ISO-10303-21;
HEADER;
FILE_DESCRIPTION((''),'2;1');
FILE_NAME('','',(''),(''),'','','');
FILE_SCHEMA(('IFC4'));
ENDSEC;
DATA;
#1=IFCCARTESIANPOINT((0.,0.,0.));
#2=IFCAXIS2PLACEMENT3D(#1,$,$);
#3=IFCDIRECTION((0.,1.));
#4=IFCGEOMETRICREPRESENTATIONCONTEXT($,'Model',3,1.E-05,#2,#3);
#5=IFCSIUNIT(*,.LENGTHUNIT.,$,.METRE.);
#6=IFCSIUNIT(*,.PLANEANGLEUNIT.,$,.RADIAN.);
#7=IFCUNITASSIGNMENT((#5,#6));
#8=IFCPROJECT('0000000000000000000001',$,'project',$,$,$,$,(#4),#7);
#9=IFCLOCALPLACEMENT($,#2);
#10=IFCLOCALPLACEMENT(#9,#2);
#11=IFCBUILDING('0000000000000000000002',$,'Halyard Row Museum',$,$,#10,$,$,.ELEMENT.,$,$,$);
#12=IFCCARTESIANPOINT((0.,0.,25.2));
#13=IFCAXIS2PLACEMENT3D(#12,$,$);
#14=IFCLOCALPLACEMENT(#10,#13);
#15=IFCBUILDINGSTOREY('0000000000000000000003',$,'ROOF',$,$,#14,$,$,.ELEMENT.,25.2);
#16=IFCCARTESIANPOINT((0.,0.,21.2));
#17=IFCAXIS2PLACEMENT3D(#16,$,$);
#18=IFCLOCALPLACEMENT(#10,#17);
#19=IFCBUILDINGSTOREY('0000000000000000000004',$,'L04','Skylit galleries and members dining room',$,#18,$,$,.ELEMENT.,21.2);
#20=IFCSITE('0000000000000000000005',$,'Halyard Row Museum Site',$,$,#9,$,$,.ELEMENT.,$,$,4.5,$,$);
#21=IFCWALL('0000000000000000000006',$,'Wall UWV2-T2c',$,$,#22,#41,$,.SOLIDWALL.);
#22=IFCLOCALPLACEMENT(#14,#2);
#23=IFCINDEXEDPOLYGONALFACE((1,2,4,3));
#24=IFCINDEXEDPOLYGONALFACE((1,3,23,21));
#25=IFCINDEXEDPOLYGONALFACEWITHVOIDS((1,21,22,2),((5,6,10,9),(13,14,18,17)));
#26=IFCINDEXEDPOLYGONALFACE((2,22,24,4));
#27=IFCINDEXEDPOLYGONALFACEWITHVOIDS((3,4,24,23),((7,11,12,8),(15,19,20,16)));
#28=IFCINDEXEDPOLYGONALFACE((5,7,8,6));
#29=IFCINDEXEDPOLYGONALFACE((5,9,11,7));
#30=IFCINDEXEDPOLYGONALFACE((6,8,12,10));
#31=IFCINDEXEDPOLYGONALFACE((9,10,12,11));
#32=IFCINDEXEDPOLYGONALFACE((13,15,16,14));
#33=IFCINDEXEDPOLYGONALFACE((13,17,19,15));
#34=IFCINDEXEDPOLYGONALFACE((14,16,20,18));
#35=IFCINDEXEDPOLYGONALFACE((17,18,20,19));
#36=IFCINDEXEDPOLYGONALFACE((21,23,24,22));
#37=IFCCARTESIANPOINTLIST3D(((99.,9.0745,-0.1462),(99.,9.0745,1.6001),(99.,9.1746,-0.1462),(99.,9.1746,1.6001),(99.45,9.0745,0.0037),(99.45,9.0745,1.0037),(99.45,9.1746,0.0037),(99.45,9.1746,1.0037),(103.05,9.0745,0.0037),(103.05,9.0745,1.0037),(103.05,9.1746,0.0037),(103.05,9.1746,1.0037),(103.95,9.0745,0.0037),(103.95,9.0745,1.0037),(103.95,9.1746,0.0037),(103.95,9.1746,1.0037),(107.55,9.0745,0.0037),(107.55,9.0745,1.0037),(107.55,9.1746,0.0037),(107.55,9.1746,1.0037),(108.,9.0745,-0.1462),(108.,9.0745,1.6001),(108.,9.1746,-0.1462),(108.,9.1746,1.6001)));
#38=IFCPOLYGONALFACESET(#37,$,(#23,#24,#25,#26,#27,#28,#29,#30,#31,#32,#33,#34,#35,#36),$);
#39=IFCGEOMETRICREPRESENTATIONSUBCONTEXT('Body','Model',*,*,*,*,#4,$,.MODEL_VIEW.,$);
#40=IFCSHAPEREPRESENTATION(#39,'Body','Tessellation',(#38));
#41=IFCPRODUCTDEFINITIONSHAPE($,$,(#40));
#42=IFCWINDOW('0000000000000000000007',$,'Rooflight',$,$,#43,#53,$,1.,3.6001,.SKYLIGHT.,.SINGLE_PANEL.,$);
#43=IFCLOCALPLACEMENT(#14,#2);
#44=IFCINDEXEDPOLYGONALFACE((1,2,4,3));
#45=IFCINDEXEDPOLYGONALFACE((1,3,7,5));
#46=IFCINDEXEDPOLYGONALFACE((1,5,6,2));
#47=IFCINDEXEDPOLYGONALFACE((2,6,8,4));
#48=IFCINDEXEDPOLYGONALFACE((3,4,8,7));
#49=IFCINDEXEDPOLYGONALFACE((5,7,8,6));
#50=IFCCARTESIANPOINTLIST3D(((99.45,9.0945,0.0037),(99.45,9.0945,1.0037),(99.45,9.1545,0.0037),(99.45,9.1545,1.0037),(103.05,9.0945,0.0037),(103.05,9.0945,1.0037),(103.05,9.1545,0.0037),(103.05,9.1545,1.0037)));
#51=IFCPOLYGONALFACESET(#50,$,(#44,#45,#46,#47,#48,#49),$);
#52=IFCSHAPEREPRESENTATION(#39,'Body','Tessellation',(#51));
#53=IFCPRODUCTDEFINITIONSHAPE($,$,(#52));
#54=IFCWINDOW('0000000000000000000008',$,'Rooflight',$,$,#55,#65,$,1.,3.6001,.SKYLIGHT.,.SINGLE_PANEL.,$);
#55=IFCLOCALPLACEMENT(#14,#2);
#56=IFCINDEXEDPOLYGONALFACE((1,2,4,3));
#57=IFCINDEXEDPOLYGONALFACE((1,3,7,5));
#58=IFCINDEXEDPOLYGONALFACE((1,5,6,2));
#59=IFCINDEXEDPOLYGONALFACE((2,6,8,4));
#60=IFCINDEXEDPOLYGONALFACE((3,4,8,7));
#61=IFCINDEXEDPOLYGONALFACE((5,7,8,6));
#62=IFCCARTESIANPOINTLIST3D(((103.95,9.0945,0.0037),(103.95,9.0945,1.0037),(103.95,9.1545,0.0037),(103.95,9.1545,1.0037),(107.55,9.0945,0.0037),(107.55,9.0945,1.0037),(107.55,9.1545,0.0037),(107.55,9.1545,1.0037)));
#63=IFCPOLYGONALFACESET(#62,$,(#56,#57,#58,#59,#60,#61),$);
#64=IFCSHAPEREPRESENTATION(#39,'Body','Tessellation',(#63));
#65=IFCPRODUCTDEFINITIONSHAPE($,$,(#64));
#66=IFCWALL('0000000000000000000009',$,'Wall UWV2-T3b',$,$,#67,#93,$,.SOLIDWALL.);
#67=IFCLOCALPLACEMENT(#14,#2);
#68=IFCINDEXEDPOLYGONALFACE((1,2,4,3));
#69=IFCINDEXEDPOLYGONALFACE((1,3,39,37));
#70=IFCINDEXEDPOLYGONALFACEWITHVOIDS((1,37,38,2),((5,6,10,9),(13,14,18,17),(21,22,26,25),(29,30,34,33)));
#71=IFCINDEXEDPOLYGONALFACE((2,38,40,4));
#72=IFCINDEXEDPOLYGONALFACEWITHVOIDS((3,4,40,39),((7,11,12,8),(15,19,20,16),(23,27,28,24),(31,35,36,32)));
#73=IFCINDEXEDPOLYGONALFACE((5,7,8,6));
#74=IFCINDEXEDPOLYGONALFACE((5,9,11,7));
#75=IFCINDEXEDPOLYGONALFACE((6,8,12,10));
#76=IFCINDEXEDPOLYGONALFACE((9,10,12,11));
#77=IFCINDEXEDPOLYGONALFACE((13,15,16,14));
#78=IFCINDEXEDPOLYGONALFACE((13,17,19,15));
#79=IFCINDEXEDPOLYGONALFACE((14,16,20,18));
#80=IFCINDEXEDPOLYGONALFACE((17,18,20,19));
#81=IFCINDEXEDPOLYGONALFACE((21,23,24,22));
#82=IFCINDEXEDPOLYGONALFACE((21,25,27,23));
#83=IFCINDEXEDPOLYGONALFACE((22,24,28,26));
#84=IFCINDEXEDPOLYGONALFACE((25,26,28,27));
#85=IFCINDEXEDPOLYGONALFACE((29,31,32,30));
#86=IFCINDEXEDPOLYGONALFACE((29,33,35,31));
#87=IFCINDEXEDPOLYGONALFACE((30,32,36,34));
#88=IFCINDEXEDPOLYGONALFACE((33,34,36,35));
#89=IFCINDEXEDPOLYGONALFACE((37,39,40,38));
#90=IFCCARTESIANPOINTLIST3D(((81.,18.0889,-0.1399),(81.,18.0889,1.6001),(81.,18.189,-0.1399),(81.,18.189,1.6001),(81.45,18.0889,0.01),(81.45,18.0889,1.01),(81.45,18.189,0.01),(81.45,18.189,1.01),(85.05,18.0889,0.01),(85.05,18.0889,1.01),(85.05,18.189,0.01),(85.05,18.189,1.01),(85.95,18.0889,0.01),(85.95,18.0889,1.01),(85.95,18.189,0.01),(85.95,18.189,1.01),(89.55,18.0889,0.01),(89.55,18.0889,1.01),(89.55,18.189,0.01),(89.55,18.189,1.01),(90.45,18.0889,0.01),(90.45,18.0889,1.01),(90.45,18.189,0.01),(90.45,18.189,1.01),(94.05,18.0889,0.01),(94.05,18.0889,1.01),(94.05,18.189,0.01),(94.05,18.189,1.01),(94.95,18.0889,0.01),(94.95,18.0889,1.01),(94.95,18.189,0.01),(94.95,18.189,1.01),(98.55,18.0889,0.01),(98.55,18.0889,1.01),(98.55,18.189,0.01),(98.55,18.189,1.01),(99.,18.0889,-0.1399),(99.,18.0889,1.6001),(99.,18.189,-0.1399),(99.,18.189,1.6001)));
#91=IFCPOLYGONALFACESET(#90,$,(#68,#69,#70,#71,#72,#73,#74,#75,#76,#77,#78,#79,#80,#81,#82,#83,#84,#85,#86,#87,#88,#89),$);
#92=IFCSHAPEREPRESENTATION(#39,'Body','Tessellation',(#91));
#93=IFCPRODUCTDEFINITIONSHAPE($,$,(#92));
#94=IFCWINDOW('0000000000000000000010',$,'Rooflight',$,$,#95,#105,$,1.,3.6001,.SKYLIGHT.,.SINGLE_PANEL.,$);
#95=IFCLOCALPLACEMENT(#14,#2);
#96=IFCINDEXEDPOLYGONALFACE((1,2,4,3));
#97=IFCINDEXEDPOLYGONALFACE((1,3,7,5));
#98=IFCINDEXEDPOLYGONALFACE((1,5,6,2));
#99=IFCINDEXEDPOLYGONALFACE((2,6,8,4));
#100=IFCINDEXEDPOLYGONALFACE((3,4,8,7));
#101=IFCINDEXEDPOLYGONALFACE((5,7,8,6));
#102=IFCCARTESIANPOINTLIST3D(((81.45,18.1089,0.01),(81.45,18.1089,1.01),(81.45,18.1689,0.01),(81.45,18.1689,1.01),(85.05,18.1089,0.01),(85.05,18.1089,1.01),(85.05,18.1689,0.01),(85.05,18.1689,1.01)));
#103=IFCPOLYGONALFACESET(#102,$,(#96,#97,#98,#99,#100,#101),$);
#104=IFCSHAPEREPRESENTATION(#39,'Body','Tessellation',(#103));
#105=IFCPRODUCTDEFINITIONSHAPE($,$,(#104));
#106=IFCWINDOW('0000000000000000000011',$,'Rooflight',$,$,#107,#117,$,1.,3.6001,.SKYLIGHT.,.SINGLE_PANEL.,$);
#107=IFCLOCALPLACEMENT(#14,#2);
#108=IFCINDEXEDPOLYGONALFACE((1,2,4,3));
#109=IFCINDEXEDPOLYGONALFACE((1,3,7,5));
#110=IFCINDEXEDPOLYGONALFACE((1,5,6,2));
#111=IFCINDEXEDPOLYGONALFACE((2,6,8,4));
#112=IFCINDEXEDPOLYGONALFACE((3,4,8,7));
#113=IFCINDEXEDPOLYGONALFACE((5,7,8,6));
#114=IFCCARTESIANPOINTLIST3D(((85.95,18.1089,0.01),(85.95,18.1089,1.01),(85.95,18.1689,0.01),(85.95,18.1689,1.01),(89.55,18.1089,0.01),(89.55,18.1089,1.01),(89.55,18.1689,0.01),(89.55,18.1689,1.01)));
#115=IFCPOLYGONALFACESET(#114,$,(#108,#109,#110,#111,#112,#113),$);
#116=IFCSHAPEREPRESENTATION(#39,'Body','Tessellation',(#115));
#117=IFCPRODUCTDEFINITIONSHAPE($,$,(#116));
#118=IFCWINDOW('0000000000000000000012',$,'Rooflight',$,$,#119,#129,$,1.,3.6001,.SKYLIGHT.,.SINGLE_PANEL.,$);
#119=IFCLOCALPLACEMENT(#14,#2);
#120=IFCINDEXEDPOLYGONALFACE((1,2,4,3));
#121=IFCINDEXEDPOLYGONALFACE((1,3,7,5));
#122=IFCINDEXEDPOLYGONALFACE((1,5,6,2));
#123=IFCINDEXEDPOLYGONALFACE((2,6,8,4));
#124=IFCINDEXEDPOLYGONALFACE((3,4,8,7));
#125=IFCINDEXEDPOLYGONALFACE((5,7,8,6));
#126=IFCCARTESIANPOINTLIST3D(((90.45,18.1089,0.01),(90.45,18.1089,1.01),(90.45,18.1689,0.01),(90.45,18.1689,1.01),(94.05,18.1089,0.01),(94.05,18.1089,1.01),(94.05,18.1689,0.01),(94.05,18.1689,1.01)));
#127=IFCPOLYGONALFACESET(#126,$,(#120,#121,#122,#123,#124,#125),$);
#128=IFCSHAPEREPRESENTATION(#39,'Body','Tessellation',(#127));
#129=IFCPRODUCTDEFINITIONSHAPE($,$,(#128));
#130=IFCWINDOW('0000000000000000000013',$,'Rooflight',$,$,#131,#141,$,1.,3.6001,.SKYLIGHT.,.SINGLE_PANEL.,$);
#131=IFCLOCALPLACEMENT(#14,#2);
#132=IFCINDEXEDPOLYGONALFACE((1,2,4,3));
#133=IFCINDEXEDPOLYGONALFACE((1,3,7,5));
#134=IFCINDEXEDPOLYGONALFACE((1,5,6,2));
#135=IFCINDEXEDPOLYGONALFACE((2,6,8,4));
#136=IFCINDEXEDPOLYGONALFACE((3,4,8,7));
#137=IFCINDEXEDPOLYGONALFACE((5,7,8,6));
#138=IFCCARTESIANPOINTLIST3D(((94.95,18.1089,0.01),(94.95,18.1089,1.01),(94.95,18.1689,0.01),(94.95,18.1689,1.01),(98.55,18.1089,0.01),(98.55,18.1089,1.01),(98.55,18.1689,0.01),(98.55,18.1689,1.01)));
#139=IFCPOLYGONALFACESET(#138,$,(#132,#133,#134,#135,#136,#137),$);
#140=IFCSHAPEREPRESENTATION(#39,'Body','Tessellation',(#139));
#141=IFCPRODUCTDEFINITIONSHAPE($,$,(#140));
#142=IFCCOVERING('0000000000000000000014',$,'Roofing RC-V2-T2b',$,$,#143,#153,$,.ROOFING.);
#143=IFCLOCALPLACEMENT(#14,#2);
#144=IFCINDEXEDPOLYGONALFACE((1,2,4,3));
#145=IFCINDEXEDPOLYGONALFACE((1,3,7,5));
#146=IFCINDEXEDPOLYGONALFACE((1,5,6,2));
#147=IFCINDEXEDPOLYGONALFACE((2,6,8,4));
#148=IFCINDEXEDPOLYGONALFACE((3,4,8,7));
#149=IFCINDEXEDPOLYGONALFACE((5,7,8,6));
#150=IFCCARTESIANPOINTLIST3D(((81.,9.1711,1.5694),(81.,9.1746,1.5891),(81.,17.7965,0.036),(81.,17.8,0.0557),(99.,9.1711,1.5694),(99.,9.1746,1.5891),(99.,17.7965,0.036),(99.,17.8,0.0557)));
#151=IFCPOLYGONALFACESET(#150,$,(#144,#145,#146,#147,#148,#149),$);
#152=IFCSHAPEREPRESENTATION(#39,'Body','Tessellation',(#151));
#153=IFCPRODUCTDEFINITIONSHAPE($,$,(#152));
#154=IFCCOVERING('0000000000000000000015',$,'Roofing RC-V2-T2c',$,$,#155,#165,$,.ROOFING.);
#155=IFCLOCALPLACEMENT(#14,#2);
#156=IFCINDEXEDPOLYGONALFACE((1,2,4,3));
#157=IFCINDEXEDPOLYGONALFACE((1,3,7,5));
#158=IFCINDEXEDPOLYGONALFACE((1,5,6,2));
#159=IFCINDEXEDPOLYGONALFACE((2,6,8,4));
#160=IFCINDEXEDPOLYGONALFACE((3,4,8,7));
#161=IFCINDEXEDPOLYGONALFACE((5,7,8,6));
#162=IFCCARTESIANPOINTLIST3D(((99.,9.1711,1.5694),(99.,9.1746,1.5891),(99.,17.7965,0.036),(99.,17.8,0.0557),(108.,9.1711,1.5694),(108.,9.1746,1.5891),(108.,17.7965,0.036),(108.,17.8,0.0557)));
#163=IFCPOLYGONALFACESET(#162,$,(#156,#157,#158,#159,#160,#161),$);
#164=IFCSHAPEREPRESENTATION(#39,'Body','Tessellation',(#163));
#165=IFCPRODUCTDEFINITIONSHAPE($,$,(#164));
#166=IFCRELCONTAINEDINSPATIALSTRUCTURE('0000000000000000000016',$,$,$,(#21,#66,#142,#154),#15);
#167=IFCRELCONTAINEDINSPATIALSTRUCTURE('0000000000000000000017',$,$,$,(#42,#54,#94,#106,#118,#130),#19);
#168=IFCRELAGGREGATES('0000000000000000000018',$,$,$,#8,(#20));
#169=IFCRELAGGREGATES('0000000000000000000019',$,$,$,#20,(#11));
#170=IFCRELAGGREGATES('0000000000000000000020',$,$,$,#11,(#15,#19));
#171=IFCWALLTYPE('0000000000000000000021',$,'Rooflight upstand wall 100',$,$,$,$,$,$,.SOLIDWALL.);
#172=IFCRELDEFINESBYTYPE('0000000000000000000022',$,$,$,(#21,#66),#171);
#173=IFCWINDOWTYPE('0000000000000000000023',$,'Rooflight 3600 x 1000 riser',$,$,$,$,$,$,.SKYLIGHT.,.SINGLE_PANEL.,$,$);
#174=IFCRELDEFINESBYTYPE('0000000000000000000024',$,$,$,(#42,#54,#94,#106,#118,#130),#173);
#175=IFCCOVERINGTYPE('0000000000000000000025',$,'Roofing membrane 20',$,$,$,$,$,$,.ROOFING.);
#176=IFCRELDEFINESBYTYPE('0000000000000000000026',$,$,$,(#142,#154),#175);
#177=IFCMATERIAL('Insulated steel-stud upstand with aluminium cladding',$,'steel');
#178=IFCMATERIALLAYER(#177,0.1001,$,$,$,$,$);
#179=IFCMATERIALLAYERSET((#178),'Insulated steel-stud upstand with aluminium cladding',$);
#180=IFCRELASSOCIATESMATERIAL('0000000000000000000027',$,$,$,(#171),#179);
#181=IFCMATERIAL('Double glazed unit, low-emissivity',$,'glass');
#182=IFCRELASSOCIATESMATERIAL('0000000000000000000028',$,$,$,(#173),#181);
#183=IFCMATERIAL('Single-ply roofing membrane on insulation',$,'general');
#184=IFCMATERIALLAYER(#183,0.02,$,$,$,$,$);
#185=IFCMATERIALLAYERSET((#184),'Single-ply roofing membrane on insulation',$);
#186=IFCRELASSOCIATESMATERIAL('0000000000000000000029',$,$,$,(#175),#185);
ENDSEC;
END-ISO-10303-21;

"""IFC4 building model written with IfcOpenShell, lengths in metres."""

from ifc_helpers import new_model, si_unit, direction, frame, frame_2d, origin, place, context, subcontext, project, spatial, polyline, rectangle, outline, extrude, material, layer, layer_set, type_object, element, fill, save


model = new_model("IFC4")

# Units and contexts
model_context = context("Model", 3, precision=1e-05, world=origin(), true_north=direction((0.0, 1.0)))
body_context = subcontext(model_context, "Body", "Model", "MODEL_VIEW")
ifc_project = project(units=[si_unit("LENGTHUNIT", "METRE"), si_unit("PLANEANGLEUNIT", "RADIAN")], contexts=[model_context])

# Site, building, storey
site_placement = place(None, origin())
site = spatial("IfcSite", under=ifc_project, at=site_placement, Name="Halyard Row Museum Site", CompositionType="ELEMENT", RefElevation=4.5)
building_placement = place(site_placement, origin())
building = spatial("IfcBuilding", under=site, at=building_placement, Name="Halyard Row Museum", CompositionType="ELEMENT")
storey_1_placement = place(building_placement, frame((0.0, 0.0, 25.2)))
storey_1 = spatial("IfcBuildingStorey", under=building, at=storey_1_placement, Name="ROOF", CompositionType="ELEMENT", Elevation=25.2)

# Shared definitions
ifc_material_1 = material(Name="Insulated steel-stud upstand with aluminium cladding", Category="steel")
ifc_layer_1 = layer(ifc_material_1, 0.1001)
ifc_layer_set_1 = layer_set([ifc_layer_1], Name="Insulated steel-stud upstand with aluminium cladding")
wall_type_1 = type_object("IfcWallType", Name="Rooflight upstand wall 100", PredefinedType="SOLIDWALL", material=ifc_layer_set_1)

# Shared definitions
storey_2_placement = place(building_placement, frame((0.0, 0.0, 21.2)))
storey_2 = spatial("IfcBuildingStorey", under=building, at=storey_2_placement, Name="L04", Description="Skylit galleries and members dining room", CompositionType="ELEMENT", Elevation=21.2)

# Shared definitions
ifc_material_2 = material(Name="Double glazed unit, low-emissivity", Category="glass")
window_type = type_object("IfcWindowType", Name="Rooflight 3600 x 1000 riser", PartitioningType="SINGLE_PANEL", PredefinedType="SKYLIGHT", material=ifc_material_2)

# Walls, openings, windows
wall_1_placement = place(storey_1_placement, frame((99.0, 9.1245, -0.1462), z_axis=(0.0, 0.0, 1.0), x_axis=(1.0, 0.0, 0.0)))
wall_1 = element("IfcWall", 1, at=wall_1_placement, inside=storey_1, type_object=wall_type_1, Name="Wall UWV2-T2c", PredefinedType="SOLIDWALL", context=body_context, shape_type="SweptSolid", body=[
    extrude(rectangle(XDim=9.0, YDim=0.1001, at=frame_2d((4.5, 0.0))), origin(), (0.0, 0.0, 1.0), 1.7463),
])
opening_1_placement = place(wall_1_placement, frame((0.45, 0.0, 0.1499)))
opening_1 = element("IfcOpeningElement", 2, at=opening_1_placement, cuts=wall_1, PredefinedType="OPENING", context=body_context, shape_type="SweptSolid", body=[
    extrude(rectangle(XDim=3.6001, YDim=1.0, at=frame_2d((1.8, 0.5))), frame((0.0, 0.0601, 0.0), z_axis=(0.0, -1.0, 0.0), x_axis=(1.0, 0.0, 0.0)), (0.0, 0.0, 1.0), 0.1201),
])
opening_2_placement = place(wall_1_placement, frame((4.95, 0.0, 0.1499)))
opening_2 = element("IfcOpeningElement", 3, at=opening_2_placement, cuts=wall_1, PredefinedType="OPENING", context=body_context, shape_type="SweptSolid", body=[
    extrude(rectangle(XDim=3.6001, YDim=1.0, at=frame_2d((1.8, 0.5))), frame((0.0, 0.0601, 0.0), z_axis=(0.0, -1.0, 0.0), x_axis=(1.0, 0.0, 0.0)), (0.0, 0.0, 1.0), 0.1201),
])
window_1_placement = place(opening_1_placement, origin())
window_1 = element("IfcWindow", 4, at=window_1_placement, inside=storey_2, type_object=window_type, Name="Rooflight", OverallHeight=1.0, OverallWidth=3.6001, PartitioningType="SINGLE_PANEL", PredefinedType="SKYLIGHT", context=body_context, shape_type="SweptSolid", body=[
    extrude(rectangle(XDim=3.6001, YDim=1.0, at=frame_2d((1.8, 0.5))), frame((0.0, 0.03, 0.0), z_axis=(0.0, -1.0, 0.0), x_axis=(1.0, 0.0, 0.0)), (0.0, 0.0, 1.0), 0.0601),
])
fill(opening_1, window_1)
window_2_placement = place(opening_2_placement, origin())
window_2 = element("IfcWindow", 5, at=window_2_placement, inside=storey_2, type_object=window_type, Name="Rooflight", OverallHeight=1.0, OverallWidth=3.6001, PartitioningType="SINGLE_PANEL", PredefinedType="SKYLIGHT", context=body_context, shape_type="SweptSolid", body=[
    extrude(rectangle(XDim=3.6001, YDim=1.0, at=frame_2d((1.8, 0.5))), frame((0.0, 0.03, 0.0), z_axis=(0.0, -1.0, 0.0), x_axis=(1.0, 0.0, 0.0)), (0.0, 0.0, 1.0), 0.0601),
])
fill(opening_2, window_2)
wall_2_placement = place(storey_1_placement, frame((81.0, 18.1389, -0.1399), z_axis=(0.0, 0.0, 1.0), x_axis=(1.0, 0.0, 0.0)))
wall_2 = element("IfcWall", 6, at=wall_2_placement, inside=storey_1, type_object=wall_type_1, Name="Wall UWV2-T3b", PredefinedType="SOLIDWALL", context=body_context, shape_type="SweptSolid", body=[
    extrude(rectangle(XDim=18.0, YDim=0.1001, at=frame_2d((9.0, 0.0))), origin(), (0.0, 0.0, 1.0), 1.74),
])
opening_3_placement = place(wall_2_placement, frame((0.45, 0.0, 0.1499)))
opening_3 = element("IfcOpeningElement", 7, at=opening_3_placement, cuts=wall_2, PredefinedType="OPENING", context=body_context, shape_type="SweptSolid", body=[
    extrude(rectangle(XDim=3.6001, YDim=1.0, at=frame_2d((1.8, 0.5))), frame((0.0, 0.0601, 0.0), z_axis=(0.0, -1.0, 0.0), x_axis=(1.0, 0.0, 0.0)), (0.0, 0.0, 1.0), 0.1201),
])
opening_4_placement = place(wall_2_placement, frame((4.95, 0.0, 0.1499)))
opening_4 = element("IfcOpeningElement", 8, at=opening_4_placement, cuts=wall_2, PredefinedType="OPENING", context=body_context, shape_type="SweptSolid", body=[
    extrude(rectangle(XDim=3.6001, YDim=1.0, at=frame_2d((1.8, 0.5))), frame((0.0, 0.0601, 0.0), z_axis=(0.0, -1.0, 0.0), x_axis=(1.0, 0.0, 0.0)), (0.0, 0.0, 1.0), 0.1201),
])
opening_5_placement = place(wall_2_placement, frame((9.45, 0.0, 0.1499)))
opening_5 = element("IfcOpeningElement", 9, at=opening_5_placement, cuts=wall_2, PredefinedType="OPENING", context=body_context, shape_type="SweptSolid", body=[
    extrude(rectangle(XDim=3.6001, YDim=1.0, at=frame_2d((1.8, 0.5))), frame((0.0, 0.0601, 0.0), z_axis=(0.0, -1.0, 0.0), x_axis=(1.0, 0.0, 0.0)), (0.0, 0.0, 1.0), 0.1201),
])
opening_6_placement = place(wall_2_placement, frame((13.95, 0.0, 0.1499)))
opening_6 = element("IfcOpeningElement", 10, at=opening_6_placement, cuts=wall_2, PredefinedType="OPENING", context=body_context, shape_type="SweptSolid", body=[
    extrude(rectangle(XDim=3.6001, YDim=1.0, at=frame_2d((1.8, 0.5))), frame((0.0, 0.0601, 0.0), z_axis=(0.0, -1.0, 0.0), x_axis=(1.0, 0.0, 0.0)), (0.0, 0.0, 1.0), 0.1201),
])
window_3_placement = place(opening_3_placement, origin())
window_3 = element("IfcWindow", 11, at=window_3_placement, inside=storey_2, type_object=window_type, Name="Rooflight", OverallHeight=1.0, OverallWidth=3.6001, PartitioningType="SINGLE_PANEL", PredefinedType="SKYLIGHT", context=body_context, shape_type="SweptSolid", body=[
    extrude(rectangle(XDim=3.6001, YDim=1.0, at=frame_2d((1.8, 0.5))), frame((0.0, 0.03, 0.0), z_axis=(0.0, -1.0, 0.0), x_axis=(1.0, 0.0, 0.0)), (0.0, 0.0, 1.0), 0.0601),
])
fill(opening_3, window_3)
window_4_placement = place(opening_4_placement, origin())
window_4 = element("IfcWindow", 12, at=window_4_placement, inside=storey_2, type_object=window_type, Name="Rooflight", OverallHeight=1.0, OverallWidth=3.6001, PartitioningType="SINGLE_PANEL", PredefinedType="SKYLIGHT", context=body_context, shape_type="SweptSolid", body=[
    extrude(rectangle(XDim=3.6001, YDim=1.0, at=frame_2d((1.8, 0.5))), frame((0.0, 0.03, 0.0), z_axis=(0.0, -1.0, 0.0), x_axis=(1.0, 0.0, 0.0)), (0.0, 0.0, 1.0), 0.0601),
])
fill(opening_4, window_4)
window_5_placement = place(opening_5_placement, origin())
window_5 = element("IfcWindow", 13, at=window_5_placement, inside=storey_2, type_object=window_type, Name="Rooflight", OverallHeight=1.0, OverallWidth=3.6001, PartitioningType="SINGLE_PANEL", PredefinedType="SKYLIGHT", context=body_context, shape_type="SweptSolid", body=[
    extrude(rectangle(XDim=3.6001, YDim=1.0, at=frame_2d((1.8, 0.5))), frame((0.0, 0.03, 0.0), z_axis=(0.0, -1.0, 0.0), x_axis=(1.0, 0.0, 0.0)), (0.0, 0.0, 1.0), 0.0601),
])
fill(opening_5, window_5)
window_6_placement = place(opening_6_placement, origin())
window_6 = element("IfcWindow", 14, at=window_6_placement, inside=storey_2, type_object=window_type, Name="Rooflight", OverallHeight=1.0, OverallWidth=3.6001, PartitioningType="SINGLE_PANEL", PredefinedType="SKYLIGHT", context=body_context, shape_type="SweptSolid", body=[
    extrude(rectangle(XDim=3.6001, YDim=1.0, at=frame_2d((1.8, 0.5))), frame((0.0, 0.03, 0.0), z_axis=(0.0, -1.0, 0.0), x_axis=(1.0, 0.0, 0.0)), (0.0, 0.0, 1.0), 0.0601),
])
fill(opening_6, window_6)

# Coverings
ifc_material_3 = material(Name="Single-ply roofing membrane on insulation", Category="general")
ifc_layer_2 = layer(ifc_material_3, 0.02)
ifc_layer_set_2 = layer_set([ifc_layer_2], Name="Single-ply roofing membrane on insulation")
covering_type = type_object("IfcCoveringType", Name="Roofing membrane 20", PredefinedType="ROOFING", material=ifc_layer_set_2)
covering_1_placement = place(storey_1_placement, frame((81.0, 9.1746, 1.5891), z_axis=(0.0, 0.175036, 0.984562), x_axis=(1.0, 0.0, 0.0)))
element("IfcCovering", 15, at=covering_1_placement, inside=storey_1, type_object=covering_type, Name="Roofing RC-V2-T2b", PredefinedType="ROOFING", context=body_context, shape_type="SweptSolid", body=[
    extrude(outline(polyline([(0.0, 0.0), (18.0, 0.0), (18.0, 8.7607), (0.0, 8.7607), (0.0, 0.0)])), origin(), (0.0, 0.0, -1.0), 0.02),
])
covering_2_placement = place(storey_1_placement, frame((99.0, 9.1746, 1.5891), z_axis=(0.0, 0.175036, 0.984562), x_axis=(1.0, 0.0, 0.0)))
element("IfcCovering", 16, at=covering_2_placement, inside=storey_1, type_object=covering_type, Name="Roofing RC-V2-T2c", PredefinedType="ROOFING", context=body_context, shape_type="SweptSolid", body=[
    extrude(outline(polyline([(0.0, 0.0), (9.0, 0.0), (9.0, 8.7607), (0.0, 8.7607), (0.0, 0.0)])), origin(), (0.0, 0.0, -1.0), 0.02),
])

save(model, "model.ifc")
